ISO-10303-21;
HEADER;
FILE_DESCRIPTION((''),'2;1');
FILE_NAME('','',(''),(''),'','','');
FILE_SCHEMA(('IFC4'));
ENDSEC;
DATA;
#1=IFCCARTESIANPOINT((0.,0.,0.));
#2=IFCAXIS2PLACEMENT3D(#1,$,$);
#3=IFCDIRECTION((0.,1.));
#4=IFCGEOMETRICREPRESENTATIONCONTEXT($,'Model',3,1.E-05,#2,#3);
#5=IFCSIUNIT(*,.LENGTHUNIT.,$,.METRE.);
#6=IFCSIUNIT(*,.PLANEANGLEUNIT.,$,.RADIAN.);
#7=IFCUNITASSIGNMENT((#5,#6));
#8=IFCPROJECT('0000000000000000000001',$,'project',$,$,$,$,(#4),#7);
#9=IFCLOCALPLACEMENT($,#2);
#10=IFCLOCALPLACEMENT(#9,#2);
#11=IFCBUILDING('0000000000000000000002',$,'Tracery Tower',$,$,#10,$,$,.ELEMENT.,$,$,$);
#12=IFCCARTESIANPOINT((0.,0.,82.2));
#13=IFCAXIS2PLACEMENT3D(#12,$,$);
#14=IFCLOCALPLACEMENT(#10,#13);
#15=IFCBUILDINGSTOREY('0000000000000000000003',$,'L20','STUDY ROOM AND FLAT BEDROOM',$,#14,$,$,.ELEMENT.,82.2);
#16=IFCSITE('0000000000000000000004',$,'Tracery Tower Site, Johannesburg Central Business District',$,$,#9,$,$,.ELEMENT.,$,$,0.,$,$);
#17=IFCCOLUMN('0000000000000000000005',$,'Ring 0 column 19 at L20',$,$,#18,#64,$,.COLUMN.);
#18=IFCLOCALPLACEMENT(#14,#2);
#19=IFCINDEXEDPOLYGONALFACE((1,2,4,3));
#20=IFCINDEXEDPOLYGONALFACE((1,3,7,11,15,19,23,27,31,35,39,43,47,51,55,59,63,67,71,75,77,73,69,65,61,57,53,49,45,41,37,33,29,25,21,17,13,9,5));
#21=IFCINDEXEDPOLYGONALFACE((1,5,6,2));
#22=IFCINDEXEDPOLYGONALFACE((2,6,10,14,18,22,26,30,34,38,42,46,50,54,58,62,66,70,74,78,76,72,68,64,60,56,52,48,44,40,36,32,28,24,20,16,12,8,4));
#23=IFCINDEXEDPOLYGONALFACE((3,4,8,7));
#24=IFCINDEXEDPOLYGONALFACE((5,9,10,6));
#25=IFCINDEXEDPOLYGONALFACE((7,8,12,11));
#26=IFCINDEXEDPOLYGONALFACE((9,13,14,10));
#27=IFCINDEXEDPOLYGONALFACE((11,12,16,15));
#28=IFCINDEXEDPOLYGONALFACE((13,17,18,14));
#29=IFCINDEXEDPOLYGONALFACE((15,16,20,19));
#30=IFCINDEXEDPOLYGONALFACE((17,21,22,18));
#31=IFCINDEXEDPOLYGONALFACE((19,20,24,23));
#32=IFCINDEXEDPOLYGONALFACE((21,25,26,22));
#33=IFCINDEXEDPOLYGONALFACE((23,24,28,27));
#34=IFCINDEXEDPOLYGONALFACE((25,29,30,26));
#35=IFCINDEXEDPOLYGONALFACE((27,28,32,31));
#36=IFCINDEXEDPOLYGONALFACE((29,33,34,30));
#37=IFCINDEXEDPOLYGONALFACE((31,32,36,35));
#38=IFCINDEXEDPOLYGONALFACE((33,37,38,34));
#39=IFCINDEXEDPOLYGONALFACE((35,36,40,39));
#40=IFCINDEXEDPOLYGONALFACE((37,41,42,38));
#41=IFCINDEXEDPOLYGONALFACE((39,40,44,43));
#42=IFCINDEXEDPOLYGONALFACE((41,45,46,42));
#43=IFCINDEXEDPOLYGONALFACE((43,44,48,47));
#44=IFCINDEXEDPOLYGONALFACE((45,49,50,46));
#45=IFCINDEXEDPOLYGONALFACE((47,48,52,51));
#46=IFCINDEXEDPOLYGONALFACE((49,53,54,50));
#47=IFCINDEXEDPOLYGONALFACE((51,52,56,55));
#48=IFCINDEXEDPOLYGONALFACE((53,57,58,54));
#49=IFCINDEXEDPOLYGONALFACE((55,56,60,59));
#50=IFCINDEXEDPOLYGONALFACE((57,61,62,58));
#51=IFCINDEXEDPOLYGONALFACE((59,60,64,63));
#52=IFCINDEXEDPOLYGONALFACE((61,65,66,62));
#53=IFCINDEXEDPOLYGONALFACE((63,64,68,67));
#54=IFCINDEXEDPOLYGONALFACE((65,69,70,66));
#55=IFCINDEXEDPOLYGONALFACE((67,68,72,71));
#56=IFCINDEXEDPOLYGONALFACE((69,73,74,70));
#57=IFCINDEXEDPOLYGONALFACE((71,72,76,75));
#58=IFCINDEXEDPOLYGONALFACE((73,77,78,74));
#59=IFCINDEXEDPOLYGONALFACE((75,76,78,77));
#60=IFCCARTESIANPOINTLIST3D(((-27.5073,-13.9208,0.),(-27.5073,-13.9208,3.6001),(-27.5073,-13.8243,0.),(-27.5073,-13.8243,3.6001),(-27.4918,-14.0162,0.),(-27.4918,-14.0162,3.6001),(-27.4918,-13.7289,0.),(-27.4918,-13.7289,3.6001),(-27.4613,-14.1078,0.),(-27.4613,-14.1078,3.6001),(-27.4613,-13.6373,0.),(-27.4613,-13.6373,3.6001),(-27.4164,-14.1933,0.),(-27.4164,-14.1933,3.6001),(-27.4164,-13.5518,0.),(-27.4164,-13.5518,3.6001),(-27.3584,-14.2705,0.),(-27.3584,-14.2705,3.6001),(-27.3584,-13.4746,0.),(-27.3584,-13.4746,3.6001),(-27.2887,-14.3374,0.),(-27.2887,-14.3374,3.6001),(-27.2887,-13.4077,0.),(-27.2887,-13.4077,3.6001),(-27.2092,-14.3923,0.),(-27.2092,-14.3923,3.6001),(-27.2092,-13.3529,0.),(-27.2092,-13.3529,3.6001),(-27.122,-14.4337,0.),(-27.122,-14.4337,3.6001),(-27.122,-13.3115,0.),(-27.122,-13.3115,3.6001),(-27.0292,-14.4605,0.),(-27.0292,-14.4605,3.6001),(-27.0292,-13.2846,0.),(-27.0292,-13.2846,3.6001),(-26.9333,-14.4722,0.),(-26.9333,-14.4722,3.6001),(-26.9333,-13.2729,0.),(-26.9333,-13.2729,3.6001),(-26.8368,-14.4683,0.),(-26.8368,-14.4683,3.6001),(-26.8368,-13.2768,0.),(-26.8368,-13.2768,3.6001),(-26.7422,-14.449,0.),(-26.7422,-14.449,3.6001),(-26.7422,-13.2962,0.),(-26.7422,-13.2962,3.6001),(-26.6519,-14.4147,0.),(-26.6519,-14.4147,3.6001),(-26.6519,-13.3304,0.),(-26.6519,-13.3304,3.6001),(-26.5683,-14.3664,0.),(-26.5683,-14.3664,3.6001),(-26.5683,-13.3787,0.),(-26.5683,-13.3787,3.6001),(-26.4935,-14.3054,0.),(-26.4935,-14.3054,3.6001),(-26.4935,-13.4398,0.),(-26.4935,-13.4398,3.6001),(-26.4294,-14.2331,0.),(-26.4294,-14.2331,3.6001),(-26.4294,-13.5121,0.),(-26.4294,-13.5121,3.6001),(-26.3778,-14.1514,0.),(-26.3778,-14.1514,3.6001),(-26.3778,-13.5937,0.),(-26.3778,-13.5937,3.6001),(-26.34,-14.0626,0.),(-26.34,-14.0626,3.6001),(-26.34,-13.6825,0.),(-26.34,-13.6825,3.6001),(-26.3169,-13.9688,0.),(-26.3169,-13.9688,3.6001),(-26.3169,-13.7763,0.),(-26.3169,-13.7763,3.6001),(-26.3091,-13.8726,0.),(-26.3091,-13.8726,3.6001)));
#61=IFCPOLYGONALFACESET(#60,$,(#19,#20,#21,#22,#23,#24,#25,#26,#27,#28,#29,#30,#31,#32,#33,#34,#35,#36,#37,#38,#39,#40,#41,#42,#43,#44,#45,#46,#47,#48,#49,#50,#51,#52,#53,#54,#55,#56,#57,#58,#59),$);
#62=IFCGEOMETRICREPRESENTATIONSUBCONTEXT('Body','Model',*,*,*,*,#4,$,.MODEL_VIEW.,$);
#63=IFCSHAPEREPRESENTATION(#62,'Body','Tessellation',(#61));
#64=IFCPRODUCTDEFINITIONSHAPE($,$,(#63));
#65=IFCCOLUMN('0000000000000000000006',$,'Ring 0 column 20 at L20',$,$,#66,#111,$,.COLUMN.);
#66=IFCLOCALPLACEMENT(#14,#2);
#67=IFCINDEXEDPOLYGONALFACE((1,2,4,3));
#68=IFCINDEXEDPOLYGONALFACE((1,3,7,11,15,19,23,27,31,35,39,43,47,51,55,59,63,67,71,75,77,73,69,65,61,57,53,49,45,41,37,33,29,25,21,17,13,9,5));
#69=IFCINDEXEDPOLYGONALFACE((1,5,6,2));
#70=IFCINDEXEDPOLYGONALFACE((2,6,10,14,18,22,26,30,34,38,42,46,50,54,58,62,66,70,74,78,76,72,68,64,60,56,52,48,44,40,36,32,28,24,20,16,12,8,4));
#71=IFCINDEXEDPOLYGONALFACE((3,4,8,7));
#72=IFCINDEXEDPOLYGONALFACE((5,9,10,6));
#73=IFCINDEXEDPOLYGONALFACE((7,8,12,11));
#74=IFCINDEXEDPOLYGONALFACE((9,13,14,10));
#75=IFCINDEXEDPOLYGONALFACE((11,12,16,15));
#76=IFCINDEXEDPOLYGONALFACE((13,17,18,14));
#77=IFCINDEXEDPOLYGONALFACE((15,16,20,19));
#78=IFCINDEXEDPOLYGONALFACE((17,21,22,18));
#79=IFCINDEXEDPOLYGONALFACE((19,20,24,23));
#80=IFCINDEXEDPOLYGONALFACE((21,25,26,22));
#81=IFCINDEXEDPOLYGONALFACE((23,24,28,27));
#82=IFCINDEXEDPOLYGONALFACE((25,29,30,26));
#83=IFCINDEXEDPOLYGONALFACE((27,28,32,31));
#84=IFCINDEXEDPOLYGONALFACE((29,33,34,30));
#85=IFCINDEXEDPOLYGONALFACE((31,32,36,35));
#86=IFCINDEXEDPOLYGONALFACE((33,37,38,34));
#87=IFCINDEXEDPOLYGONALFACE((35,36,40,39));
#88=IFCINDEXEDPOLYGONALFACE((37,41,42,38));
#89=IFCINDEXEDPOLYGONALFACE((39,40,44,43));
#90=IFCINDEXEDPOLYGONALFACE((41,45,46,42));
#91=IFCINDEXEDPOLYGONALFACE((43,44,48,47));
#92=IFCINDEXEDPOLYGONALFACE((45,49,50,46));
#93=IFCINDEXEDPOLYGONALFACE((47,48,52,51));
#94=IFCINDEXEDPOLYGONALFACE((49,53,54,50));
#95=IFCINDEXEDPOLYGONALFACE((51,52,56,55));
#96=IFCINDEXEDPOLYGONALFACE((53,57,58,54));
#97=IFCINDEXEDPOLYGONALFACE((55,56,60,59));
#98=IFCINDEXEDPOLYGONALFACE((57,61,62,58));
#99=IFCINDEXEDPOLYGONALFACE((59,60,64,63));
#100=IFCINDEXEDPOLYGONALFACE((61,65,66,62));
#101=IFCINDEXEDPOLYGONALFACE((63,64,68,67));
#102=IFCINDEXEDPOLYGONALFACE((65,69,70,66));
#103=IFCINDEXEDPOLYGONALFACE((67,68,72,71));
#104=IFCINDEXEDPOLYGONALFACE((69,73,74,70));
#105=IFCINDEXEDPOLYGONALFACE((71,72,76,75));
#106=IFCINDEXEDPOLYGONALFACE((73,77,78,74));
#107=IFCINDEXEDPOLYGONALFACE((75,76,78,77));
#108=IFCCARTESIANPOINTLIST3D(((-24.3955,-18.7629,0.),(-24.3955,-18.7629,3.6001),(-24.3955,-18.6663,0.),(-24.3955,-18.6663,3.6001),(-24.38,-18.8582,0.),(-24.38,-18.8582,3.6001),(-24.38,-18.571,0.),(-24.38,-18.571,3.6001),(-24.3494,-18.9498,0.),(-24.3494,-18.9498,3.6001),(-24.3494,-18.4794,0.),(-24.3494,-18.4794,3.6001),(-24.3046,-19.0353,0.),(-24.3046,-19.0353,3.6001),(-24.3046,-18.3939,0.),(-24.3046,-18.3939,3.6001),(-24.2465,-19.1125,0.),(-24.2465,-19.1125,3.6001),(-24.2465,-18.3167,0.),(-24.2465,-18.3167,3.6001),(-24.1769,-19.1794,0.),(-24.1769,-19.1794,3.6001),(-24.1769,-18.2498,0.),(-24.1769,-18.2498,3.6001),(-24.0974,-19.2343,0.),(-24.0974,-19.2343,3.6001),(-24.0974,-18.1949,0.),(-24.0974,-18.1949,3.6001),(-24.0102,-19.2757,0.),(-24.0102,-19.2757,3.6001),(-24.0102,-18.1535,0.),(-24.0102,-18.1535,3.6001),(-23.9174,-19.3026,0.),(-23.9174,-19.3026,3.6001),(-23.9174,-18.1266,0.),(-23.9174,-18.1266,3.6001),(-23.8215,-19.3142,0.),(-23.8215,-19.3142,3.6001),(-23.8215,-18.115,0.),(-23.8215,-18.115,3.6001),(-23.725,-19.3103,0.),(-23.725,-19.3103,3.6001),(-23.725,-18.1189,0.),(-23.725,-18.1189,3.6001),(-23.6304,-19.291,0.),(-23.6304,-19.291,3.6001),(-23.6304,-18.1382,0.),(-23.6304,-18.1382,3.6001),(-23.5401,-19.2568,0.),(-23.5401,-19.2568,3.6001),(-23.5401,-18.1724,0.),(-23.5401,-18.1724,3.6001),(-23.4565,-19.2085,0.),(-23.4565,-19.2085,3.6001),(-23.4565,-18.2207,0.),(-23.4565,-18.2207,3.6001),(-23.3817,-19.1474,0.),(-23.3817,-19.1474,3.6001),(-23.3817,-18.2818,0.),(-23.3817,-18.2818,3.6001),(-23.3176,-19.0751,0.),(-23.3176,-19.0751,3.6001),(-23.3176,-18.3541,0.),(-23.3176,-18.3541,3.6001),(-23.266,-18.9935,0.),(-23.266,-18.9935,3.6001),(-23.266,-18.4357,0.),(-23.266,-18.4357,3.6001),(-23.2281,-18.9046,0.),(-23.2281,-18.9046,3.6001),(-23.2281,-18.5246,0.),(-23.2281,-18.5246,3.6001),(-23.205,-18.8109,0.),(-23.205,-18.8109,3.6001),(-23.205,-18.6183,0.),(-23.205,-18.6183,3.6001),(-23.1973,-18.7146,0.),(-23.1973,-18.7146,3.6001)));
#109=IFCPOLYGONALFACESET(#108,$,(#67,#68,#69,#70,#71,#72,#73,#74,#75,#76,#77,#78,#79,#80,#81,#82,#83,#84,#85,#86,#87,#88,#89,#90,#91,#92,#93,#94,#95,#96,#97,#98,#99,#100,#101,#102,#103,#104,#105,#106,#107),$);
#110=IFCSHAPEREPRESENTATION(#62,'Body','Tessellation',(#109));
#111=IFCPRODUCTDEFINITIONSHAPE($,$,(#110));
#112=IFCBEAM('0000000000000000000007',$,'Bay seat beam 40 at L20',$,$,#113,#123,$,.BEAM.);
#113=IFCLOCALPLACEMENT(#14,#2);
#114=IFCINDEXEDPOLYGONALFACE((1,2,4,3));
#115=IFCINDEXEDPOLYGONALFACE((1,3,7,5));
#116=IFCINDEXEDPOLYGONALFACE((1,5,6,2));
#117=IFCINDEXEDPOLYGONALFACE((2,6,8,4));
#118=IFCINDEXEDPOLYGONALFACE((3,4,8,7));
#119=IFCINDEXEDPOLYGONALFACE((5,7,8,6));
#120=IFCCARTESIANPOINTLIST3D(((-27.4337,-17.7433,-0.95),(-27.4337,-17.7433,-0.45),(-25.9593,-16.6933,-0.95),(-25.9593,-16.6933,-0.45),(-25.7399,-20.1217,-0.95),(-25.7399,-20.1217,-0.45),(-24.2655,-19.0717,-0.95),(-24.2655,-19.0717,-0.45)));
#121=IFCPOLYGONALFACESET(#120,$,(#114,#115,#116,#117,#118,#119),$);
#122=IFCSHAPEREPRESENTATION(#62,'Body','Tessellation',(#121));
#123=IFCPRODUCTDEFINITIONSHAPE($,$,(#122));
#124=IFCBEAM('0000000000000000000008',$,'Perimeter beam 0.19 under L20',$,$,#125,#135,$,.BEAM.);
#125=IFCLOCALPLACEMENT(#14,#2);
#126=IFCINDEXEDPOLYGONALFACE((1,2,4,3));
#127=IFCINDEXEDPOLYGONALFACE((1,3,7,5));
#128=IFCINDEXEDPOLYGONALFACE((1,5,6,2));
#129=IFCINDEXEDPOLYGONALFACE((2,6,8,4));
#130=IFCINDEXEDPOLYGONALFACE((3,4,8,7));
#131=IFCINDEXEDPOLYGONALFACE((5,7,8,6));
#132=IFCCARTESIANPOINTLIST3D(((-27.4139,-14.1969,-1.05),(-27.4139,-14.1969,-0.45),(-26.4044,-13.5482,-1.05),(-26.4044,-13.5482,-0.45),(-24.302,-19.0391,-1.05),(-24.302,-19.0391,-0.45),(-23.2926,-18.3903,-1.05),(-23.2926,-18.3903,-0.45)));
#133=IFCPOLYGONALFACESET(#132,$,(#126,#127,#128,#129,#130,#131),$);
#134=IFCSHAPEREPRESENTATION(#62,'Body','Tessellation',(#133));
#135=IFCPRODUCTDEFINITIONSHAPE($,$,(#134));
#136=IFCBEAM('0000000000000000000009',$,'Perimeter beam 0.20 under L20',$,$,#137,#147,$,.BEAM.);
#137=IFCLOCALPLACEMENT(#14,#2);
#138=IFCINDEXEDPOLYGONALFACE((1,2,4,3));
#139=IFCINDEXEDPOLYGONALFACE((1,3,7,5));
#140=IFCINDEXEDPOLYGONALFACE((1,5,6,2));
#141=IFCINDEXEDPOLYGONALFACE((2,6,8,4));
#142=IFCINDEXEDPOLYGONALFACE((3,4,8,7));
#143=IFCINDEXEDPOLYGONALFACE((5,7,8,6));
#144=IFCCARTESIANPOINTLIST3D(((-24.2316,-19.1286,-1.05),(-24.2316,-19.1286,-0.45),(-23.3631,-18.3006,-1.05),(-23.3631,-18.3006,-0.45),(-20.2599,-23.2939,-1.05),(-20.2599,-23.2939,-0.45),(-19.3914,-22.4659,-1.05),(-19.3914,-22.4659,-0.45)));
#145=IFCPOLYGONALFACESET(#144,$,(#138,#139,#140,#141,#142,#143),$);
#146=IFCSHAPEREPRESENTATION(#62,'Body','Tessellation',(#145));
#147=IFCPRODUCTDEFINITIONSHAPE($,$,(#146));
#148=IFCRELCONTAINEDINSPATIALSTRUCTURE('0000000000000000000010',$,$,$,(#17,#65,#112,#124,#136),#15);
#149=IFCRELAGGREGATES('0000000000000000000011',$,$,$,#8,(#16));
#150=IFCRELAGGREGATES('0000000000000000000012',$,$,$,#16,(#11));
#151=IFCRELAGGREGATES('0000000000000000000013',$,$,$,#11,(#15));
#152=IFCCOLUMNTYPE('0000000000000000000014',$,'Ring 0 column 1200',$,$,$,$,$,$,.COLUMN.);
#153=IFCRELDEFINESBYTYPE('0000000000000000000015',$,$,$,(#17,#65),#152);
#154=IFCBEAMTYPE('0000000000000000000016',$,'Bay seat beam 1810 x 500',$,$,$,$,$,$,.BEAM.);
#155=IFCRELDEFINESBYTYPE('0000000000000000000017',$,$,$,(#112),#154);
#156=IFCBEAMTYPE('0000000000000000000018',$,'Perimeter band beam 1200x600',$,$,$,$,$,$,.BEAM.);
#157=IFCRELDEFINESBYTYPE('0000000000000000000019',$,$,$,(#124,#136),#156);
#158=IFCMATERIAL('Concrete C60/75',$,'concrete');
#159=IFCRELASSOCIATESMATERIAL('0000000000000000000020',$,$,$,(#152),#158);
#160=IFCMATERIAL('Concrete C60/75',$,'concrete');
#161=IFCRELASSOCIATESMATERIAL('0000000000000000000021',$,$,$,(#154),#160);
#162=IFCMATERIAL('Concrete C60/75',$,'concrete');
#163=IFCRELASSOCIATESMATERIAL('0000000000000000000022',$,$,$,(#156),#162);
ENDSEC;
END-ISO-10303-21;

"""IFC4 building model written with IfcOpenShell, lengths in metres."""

from ifc_helpers import new_model, si_unit, direction, frame, origin, origin_2d, place, context, subcontext, project, spatial, rectangle, circle, extrude, material, material_profile, profile_set, type_object, element, save


model = new_model("IFC4")

# Units and contexts
model_context = context("Model", 3, precision=1e-05, world=origin(), true_north=direction((0.0, 1.0)))
body_context = subcontext(model_context, "Body", "Model", "MODEL_VIEW")
ifc_project = project(units=[si_unit("LENGTHUNIT", "METRE"), si_unit("PLANEANGLEUNIT", "RADIAN")], contexts=[model_context])

# Site, building, storey
site_placement = place(None, origin())
site = spatial("IfcSite", under=ifc_project, at=site_placement, Name="Tracery Tower Site, Johannesburg Central Business District", CompositionType="ELEMENT", RefElevation=0.0)
building_placement = place(site_placement, origin())
building = spatial("IfcBuilding", under=site, at=building_placement, Name="Tracery Tower", CompositionType="ELEMENT")
storey_placement = place(building_placement, frame((0.0, 0.0, 82.2)))
storey = spatial("IfcBuildingStorey", under=building, at=storey_placement, Name="L20", Description="STUDY ROOM AND FLAT BEDROOM", CompositionType="ELEMENT", Elevation=82.2)

# Columns
ifc_material_1 = material(Name="Concrete C60/75", Category="concrete")
ifc_material_profile_1 = material_profile(ifc_material_1, circle(Radius=0.6001, at=origin_2d()), Name="RC D1200")
ifc_profile_set_1 = profile_set([ifc_material_profile_1], Name="Concrete C60/75")
column_type = type_object("IfcColumnType", Name="Ring 0 column 1200", PredefinedType="COLUMN", material=ifc_profile_set_1)
for number, where, z_axis, x_axis, name in (
    (1, (-26.9092, -13.8726, 0.0), (0.0, 0.0, 1.0), (1.0, 0.0, 0.0), "Ring 0 column 19 at L20"),
    (2, (-23.7974, -18.7146, 0.0), (0.0, 0.0, 1.0), (1.0, 0.0, 0.0), "Ring 0 column 20 at L20"),
):
    element("IfcColumn", number, at=place(storey_placement, frame(where, z_axis=z_axis, x_axis=x_axis)), inside=storey, type_object=column_type, Name=name, PredefinedType="COLUMN", context=body_context, shape_type="SweptSolid", body=[
        extrude(circle(Radius=0.6001, at=origin_2d()), origin(), (0.0, 0.0, 1.0), 3.6001),
    ])

# Beams
ifc_material_2 = material(Name="Concrete C60/75", Category="concrete")
ifc_material_profile_2 = material_profile(ifc_material_2, rectangle(XDim=1.8101, YDim=0.5, at=origin_2d()), Name="RC 1810x500")
ifc_profile_set_2 = profile_set([ifc_material_profile_2], Name="Concrete C60/75")
beam_type_1 = type_object("IfcBeamType", Name="Bay seat beam 1810 x 500", PredefinedType="BEAM", material=ifc_profile_set_2)
beam_1_placement = place(storey_placement, frame((-26.6965, -17.2183, -0.7), z_axis=(0.580099, -0.814546, 0.0), x_axis=(0.814546, 0.580099, 0.0)))
element("IfcBeam", 3, at=beam_1_placement, inside=storey, type_object=beam_type_1, Name="Bay seat beam 40 at L20", PredefinedType="BEAM", context=body_context, shape_type="SweptSolid", body=[
    extrude(rectangle(XDim=1.8101, YDim=0.5, at=origin_2d()), origin(), (0.0, 0.0, 1.0), 2.9199),
])
ifc_material_3 = material(Name="Concrete C60/75", Category="concrete")
ifc_material_profile_3 = material_profile(ifc_material_3, rectangle(XDim=1.2, YDim=0.6001, at=origin_2d()), Name="RC 1200x600")
ifc_profile_set_3 = profile_set([ifc_material_profile_3], Name="Concrete C60/75")
beam_type_2 = type_object("IfcBeamType", Name="Perimeter band beam 1200x600", PredefinedType="BEAM", material=ifc_profile_set_3)
beam_2_placement = place(storey_placement, frame((-26.9092, -13.8726, -0.75), z_axis=(0.540644, -0.841252, 0.0), x_axis=(0.841252, 0.540644, 0.0)))
element("IfcBeam", 4, at=beam_2_placement, inside=storey, type_object=beam_type_2, Name="Perimeter beam 0.19 under L20", PredefinedType="BEAM", context=body_context, shape_type="SweptSolid", body=[
    extrude(rectangle(XDim=1.2, YDim=0.6001, at=origin_2d()), origin(), (0.0, 0.0, 1.0), 5.7559),
])
beam_3_placement = place(storey_placement, frame((-23.7974, -18.7146, -0.75), z_axis=(0.690087, -0.723726, 0.0), x_axis=(0.723726, 0.690087, 0.0)))
element("IfcBeam", 5, at=beam_3_placement, inside=storey, type_object=beam_type_2, Name="Perimeter beam 0.20 under L20", PredefinedType="BEAM", context=body_context, shape_type="SweptSolid", body=[
    extrude(rectangle(XDim=1.2, YDim=0.6001, at=origin_2d()), origin(), (0.0, 0.0, 1.0), 5.7554),
])

save(model, "model.ifc")
